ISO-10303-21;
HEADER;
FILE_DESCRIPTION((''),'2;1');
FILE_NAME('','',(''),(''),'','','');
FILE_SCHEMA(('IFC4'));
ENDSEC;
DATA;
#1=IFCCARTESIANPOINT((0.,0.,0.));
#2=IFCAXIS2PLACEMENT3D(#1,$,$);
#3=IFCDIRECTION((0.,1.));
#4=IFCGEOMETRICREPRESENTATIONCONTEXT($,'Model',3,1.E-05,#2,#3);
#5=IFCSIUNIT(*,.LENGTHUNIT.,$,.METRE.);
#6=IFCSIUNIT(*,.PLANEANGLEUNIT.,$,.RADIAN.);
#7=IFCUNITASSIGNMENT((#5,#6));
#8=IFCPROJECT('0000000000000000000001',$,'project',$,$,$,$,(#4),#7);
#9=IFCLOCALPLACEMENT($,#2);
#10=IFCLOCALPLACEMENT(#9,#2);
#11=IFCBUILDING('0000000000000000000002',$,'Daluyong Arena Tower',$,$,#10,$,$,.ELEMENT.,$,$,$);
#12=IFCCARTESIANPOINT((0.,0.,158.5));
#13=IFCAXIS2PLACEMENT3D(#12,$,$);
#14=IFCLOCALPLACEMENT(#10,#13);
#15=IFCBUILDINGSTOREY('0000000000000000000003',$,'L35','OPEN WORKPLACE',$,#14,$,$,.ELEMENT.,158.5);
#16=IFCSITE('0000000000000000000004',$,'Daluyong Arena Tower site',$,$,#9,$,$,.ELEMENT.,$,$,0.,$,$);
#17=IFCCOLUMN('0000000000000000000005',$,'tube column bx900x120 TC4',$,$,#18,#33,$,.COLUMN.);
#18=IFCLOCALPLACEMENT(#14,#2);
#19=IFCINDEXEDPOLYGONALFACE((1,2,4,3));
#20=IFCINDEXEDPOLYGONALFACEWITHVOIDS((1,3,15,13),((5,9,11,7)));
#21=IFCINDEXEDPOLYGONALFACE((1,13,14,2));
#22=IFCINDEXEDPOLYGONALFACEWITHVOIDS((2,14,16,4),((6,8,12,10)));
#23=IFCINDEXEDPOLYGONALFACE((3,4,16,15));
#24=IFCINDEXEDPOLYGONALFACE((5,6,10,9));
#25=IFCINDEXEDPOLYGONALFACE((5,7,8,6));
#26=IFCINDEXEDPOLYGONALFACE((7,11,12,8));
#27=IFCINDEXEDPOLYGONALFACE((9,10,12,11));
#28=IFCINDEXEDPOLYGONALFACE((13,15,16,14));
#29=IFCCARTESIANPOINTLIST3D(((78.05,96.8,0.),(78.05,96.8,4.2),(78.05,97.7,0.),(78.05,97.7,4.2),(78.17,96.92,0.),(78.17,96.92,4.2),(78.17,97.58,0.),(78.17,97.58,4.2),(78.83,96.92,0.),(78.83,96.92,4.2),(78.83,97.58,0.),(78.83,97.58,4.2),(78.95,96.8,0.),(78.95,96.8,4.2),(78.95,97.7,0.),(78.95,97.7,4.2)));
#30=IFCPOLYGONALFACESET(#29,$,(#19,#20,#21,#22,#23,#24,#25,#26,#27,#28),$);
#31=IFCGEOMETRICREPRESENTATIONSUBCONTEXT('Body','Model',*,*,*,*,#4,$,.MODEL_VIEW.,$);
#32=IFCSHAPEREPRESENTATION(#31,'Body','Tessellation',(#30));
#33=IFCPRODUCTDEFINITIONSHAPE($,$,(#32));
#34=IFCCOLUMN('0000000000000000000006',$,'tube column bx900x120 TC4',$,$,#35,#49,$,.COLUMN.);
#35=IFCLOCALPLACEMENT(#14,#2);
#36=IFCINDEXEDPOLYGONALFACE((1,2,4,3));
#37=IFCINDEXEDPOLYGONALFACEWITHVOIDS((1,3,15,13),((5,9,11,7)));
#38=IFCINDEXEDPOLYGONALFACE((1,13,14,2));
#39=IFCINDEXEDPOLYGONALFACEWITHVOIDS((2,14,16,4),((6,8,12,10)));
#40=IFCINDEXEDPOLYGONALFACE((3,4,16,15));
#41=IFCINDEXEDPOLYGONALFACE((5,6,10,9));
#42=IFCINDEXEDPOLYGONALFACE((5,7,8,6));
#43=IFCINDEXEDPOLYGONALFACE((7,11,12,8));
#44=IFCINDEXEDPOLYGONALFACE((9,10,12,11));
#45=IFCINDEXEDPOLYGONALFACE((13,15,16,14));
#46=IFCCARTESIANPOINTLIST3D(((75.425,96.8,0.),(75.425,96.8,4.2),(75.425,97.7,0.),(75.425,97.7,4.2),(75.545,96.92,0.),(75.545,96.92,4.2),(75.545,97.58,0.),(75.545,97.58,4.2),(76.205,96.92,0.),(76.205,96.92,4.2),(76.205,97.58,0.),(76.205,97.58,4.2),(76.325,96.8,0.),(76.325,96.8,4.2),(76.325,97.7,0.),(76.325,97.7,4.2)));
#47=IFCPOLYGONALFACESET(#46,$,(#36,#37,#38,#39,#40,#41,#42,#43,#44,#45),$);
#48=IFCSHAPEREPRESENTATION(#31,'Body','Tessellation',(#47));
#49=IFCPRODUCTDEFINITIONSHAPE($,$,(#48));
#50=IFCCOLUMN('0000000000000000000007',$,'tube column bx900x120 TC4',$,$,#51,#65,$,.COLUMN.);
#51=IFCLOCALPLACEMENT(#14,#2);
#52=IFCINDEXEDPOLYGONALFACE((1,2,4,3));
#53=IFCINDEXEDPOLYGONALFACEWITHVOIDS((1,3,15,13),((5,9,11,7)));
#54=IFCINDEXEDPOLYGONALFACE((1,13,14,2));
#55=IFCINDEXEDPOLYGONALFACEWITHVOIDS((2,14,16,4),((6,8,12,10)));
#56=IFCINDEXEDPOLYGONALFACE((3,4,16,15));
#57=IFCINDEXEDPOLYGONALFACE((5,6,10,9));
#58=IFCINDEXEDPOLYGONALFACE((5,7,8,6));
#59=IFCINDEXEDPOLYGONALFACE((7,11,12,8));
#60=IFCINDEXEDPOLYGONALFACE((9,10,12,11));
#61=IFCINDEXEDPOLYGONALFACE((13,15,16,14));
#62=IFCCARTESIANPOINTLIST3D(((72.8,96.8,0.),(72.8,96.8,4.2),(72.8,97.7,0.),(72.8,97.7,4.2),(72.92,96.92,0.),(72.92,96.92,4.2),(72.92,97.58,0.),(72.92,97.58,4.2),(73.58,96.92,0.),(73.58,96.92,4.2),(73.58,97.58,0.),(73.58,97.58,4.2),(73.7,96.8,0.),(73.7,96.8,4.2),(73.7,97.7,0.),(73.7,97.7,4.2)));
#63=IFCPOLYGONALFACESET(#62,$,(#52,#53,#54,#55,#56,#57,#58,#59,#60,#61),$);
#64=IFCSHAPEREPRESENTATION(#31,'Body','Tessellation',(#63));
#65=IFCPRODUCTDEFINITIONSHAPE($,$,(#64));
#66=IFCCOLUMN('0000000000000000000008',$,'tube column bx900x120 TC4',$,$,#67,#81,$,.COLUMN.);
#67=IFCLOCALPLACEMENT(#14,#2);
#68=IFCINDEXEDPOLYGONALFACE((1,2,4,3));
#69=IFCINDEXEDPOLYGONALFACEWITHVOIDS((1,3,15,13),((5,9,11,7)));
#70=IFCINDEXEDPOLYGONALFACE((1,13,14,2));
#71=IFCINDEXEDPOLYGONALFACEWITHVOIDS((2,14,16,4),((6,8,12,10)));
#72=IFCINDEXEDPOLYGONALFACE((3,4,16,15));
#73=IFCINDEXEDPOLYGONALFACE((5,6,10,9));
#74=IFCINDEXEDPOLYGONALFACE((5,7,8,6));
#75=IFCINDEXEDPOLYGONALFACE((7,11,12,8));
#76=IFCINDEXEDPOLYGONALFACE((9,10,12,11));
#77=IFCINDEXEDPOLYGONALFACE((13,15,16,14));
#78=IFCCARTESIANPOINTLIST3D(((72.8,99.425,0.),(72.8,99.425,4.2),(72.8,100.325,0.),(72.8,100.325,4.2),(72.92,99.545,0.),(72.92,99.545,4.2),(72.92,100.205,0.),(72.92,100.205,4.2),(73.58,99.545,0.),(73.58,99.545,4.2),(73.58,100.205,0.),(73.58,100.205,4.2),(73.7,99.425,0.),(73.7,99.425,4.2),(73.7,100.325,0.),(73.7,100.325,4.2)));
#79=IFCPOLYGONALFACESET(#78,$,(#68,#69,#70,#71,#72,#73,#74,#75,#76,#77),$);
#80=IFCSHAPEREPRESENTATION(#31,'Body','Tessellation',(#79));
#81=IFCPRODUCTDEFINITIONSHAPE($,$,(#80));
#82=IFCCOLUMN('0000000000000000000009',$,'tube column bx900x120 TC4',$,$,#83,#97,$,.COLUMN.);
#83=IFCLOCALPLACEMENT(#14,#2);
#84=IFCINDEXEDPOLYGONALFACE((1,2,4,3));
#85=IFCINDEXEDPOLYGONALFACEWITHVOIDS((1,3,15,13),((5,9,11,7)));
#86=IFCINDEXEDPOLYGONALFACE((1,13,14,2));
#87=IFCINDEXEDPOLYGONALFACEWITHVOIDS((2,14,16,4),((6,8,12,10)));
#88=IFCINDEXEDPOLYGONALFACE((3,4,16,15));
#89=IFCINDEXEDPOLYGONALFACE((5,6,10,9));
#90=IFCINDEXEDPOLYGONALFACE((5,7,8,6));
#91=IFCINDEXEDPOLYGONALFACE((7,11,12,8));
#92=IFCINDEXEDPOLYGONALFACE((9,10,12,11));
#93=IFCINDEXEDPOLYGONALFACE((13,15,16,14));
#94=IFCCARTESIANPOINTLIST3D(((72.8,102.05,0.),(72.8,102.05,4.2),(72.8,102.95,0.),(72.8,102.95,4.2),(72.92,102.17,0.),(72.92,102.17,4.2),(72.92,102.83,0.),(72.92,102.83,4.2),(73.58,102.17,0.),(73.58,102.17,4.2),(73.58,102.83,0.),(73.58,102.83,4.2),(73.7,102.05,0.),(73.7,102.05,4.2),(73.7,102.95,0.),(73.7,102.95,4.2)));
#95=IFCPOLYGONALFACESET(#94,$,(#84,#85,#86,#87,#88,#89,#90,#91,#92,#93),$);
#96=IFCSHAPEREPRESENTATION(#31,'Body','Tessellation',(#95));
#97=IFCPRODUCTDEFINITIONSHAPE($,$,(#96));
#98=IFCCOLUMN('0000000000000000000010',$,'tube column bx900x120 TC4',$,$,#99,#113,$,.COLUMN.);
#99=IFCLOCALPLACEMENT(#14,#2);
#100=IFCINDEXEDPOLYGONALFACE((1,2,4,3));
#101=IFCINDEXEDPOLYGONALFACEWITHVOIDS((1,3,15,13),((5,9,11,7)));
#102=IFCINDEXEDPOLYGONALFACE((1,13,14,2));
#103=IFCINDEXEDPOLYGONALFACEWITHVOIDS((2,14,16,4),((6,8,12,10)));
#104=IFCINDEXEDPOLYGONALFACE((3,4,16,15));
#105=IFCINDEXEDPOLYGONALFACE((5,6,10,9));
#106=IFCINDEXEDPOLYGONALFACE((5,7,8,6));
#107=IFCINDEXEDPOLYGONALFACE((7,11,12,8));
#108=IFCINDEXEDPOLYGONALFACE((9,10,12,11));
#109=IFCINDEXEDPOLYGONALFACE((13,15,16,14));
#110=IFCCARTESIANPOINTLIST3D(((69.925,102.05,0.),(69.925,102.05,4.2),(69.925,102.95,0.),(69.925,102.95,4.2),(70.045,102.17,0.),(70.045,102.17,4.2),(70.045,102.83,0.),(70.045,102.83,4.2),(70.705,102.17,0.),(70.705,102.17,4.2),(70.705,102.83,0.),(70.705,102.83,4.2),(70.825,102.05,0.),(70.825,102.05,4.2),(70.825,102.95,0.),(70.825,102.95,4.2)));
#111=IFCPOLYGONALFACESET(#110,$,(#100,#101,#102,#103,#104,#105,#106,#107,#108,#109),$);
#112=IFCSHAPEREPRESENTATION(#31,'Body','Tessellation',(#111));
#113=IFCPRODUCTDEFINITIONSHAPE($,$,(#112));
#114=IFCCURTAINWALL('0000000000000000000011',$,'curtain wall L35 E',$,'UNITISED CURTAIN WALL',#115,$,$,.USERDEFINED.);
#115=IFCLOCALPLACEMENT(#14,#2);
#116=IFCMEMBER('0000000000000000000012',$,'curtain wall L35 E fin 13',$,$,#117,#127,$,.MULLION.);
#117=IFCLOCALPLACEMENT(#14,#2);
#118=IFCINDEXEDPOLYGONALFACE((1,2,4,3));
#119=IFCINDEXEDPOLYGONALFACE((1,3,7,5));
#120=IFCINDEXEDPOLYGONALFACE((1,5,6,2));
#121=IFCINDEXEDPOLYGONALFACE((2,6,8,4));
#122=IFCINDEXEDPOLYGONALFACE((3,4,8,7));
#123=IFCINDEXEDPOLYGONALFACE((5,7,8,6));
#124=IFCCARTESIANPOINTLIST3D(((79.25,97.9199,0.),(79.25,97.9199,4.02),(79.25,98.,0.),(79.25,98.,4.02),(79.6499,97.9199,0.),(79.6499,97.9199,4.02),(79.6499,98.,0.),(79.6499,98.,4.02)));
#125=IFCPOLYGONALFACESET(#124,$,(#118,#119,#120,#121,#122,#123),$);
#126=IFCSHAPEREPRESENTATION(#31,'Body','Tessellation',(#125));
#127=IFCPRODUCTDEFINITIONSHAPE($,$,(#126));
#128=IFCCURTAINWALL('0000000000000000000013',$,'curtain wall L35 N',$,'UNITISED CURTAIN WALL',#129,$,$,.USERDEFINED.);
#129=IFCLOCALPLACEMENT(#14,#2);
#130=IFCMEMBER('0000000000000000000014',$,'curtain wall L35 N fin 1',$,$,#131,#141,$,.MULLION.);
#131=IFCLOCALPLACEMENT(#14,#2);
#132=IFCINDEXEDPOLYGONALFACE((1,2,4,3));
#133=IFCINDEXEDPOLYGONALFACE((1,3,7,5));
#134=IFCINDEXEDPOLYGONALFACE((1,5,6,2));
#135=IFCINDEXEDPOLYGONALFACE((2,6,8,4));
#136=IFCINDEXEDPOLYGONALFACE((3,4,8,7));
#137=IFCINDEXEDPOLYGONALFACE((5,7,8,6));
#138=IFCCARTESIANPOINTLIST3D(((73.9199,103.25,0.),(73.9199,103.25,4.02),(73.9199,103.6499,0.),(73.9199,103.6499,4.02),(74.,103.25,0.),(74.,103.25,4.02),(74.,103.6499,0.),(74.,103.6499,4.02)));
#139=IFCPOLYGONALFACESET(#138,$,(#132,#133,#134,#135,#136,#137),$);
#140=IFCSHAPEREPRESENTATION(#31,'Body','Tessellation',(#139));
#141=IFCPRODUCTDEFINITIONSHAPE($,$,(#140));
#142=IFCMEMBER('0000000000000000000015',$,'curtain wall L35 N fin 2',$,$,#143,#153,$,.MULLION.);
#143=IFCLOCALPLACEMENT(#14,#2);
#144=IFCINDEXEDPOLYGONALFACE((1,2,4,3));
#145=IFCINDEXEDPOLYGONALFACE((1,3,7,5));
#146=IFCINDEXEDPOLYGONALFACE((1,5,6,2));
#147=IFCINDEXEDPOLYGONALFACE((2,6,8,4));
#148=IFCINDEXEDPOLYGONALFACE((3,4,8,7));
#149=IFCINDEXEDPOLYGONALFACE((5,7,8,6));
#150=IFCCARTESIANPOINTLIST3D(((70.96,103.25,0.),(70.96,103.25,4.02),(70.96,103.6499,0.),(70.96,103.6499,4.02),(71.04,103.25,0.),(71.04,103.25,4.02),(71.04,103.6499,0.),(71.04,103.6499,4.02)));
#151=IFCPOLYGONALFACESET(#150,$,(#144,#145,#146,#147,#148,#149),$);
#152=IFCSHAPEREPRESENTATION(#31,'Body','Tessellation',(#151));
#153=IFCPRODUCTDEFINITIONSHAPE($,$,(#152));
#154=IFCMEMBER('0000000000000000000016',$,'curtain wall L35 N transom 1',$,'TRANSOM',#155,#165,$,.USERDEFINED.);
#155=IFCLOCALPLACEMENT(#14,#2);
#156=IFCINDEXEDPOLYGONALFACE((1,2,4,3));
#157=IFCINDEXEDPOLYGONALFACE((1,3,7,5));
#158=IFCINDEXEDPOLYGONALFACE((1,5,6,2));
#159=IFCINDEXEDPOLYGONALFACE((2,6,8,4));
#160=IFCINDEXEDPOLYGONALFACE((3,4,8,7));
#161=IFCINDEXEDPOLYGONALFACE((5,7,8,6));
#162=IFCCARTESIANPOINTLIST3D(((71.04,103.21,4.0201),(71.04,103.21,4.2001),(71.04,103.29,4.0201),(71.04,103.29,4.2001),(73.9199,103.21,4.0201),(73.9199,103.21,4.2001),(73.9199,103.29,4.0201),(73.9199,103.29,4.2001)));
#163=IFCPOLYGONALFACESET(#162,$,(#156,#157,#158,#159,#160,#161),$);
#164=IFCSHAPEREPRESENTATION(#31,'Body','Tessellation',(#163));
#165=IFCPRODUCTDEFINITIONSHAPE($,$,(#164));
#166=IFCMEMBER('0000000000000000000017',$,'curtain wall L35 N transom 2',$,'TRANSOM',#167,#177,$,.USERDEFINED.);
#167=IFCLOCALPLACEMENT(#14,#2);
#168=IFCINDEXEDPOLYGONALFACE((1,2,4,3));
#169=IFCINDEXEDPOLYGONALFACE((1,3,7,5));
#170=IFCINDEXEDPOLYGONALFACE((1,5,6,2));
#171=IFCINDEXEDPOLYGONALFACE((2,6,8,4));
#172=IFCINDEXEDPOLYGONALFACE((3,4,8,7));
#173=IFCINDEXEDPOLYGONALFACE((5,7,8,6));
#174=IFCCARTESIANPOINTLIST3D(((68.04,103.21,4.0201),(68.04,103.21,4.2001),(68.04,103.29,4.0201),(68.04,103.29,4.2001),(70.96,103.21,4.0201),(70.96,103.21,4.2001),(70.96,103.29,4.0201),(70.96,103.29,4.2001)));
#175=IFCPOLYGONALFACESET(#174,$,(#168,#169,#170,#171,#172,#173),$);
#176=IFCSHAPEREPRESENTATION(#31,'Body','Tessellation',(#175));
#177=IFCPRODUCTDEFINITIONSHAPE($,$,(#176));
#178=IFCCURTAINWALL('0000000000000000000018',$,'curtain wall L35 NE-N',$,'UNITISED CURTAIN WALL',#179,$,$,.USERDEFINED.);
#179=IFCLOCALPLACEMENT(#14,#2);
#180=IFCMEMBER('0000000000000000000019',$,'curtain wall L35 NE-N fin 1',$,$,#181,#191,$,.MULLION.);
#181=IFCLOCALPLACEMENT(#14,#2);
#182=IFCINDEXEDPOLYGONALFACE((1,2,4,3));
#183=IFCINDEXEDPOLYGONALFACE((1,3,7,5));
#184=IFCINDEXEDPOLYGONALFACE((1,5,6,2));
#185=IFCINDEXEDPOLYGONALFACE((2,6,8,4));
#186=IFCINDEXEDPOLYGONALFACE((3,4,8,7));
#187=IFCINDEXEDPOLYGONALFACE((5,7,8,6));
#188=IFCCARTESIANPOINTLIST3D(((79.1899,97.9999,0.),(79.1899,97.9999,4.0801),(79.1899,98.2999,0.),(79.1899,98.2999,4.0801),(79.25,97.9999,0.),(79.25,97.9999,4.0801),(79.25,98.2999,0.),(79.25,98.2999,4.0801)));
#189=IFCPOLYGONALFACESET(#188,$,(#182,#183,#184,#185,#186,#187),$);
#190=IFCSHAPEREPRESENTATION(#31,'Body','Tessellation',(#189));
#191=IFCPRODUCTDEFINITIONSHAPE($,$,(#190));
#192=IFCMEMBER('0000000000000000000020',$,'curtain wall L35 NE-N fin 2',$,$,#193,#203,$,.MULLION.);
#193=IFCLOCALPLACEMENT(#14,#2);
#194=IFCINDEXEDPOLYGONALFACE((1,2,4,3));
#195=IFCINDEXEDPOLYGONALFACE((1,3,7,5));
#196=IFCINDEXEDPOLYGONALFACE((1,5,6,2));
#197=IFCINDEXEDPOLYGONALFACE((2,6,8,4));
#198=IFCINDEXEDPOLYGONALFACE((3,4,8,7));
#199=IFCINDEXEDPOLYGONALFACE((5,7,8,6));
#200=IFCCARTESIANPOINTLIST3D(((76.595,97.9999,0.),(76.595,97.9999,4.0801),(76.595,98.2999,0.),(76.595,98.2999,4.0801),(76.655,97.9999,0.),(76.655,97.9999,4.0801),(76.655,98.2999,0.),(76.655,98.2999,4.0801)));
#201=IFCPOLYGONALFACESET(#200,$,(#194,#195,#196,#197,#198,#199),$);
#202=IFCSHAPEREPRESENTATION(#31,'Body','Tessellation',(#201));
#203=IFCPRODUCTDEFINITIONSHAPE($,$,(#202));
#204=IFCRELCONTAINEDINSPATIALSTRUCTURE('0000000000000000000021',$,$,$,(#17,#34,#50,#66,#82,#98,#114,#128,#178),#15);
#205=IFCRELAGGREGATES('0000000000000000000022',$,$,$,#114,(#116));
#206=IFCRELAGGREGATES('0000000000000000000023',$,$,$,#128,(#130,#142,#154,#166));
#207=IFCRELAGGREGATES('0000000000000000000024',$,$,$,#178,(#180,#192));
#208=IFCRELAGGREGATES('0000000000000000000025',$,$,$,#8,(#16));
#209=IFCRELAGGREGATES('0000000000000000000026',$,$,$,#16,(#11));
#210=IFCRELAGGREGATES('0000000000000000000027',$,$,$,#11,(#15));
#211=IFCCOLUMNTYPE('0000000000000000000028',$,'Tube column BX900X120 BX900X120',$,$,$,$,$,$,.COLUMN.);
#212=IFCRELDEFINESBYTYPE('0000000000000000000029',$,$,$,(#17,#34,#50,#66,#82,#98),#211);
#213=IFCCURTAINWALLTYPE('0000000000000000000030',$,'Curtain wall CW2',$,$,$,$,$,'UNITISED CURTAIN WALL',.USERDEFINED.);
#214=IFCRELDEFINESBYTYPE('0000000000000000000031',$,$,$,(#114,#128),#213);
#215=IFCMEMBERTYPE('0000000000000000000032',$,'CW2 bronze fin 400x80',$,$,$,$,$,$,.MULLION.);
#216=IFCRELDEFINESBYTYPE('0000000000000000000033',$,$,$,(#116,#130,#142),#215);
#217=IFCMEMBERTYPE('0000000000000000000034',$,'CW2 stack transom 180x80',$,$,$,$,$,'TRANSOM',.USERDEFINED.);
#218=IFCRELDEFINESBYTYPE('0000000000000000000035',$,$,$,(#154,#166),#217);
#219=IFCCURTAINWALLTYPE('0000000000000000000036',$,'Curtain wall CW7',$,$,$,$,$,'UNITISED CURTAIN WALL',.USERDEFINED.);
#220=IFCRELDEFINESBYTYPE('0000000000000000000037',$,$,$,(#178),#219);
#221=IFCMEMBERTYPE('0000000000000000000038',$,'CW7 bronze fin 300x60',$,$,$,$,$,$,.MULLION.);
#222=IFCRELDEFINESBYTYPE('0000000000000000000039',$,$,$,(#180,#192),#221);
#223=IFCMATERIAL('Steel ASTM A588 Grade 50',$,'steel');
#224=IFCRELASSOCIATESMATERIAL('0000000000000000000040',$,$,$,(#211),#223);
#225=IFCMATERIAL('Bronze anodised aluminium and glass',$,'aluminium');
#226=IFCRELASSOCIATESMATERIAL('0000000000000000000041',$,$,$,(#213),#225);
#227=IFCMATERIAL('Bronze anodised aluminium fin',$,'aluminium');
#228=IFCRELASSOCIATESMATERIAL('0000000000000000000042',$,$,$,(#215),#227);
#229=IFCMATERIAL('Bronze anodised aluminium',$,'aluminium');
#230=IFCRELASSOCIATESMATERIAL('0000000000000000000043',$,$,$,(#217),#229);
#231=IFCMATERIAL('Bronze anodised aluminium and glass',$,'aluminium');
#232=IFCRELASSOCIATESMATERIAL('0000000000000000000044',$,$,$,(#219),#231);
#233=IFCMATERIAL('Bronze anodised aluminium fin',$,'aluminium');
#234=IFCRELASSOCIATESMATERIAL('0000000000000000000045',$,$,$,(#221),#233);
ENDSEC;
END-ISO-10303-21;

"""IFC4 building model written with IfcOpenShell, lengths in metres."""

from ifc_helpers import new_model, si_unit, direction, frame, origin, origin_2d, place, context, subcontext, project, spatial, rectangle, hollow_rectangle, extrude, material, material_profile, profile_set, type_object, element, aggregate, save


model = new_model("IFC4")

# Units and contexts
model_context = context("Model", 3, precision=1e-05, world=origin(), true_north=direction((0.0, 1.0)))
body_context = subcontext(model_context, "Body", "Model", "MODEL_VIEW")
ifc_project = project(units=[si_unit("LENGTHUNIT", "METRE"), si_unit("PLANEANGLEUNIT", "RADIAN")], contexts=[model_context])

# Site, building, storey
site_placement = place(None, origin())
site = spatial("IfcSite", under=ifc_project, at=site_placement, Name="Daluyong Arena Tower site", CompositionType="ELEMENT", RefElevation=0.0)
building_placement = place(site_placement, origin())
building = spatial("IfcBuilding", under=site, at=building_placement, Name="Daluyong Arena Tower", CompositionType="ELEMENT")
storey_placement = place(building_placement, frame((0.0, 0.0, 158.5)))
storey = spatial("IfcBuildingStorey", under=building, at=storey_placement, Name="L35", Description="OPEN WORKPLACE", CompositionType="ELEMENT", Elevation=158.5)

# Columns
ifc_material_1 = material(Name="Steel ASTM A588 Grade 50", Category="steel")
ifc_material_profile_1 = material_profile(ifc_material_1, hollow_rectangle(XDim=0.8999, YDim=0.8999, WallThickness=0.12, at=origin_2d()))
ifc_profile_set_1 = profile_set([ifc_material_profile_1], Name="Steel ASTM A588 Grade 50")
column_type = type_object("IfcColumnType", Name="Tube column BX900X120 BX900X120", PredefinedType="COLUMN", material=ifc_profile_set_1)
for number, where, z_axis, x_axis, name in (
    (1, (78.5, 97.25, 0.0), (0.0, 0.0, 1.0), (1.0, 0.0, 0.0), "tube column bx900x120 TC4"),
    (2, (75.875, 97.25, 0.0), (0.0, 0.0, 1.0), (1.0, 0.0, 0.0), "tube column bx900x120 TC4"),
    (3, (73.25, 97.25, 0.0), (0.0, 0.0, 1.0), (0.0, 1.0, 0.0), "tube column bx900x120 TC4"),
    (4, (73.25, 99.875, 0.0), (0.0, 0.0, 1.0), (0.0, 1.0, 0.0), "tube column bx900x120 TC4"),
    (5, (73.25, 102.5, 0.0), (0.0, 0.0, 1.0), (1.0, 0.0, 0.0), "tube column bx900x120 TC4"),
    (6, (70.375, 102.5, 0.0), (0.0, 0.0, 1.0), (1.0, 0.0, 0.0), "tube column bx900x120 TC4"),
):
    element("IfcColumn", number, at=place(storey_placement, frame(where, z_axis=z_axis, x_axis=x_axis)), inside=storey, type_object=column_type, Name=name, PredefinedType="COLUMN", context=body_context, shape_type="SweptSolid", body=[
        extrude(hollow_rectangle(XDim=0.8999, YDim=0.8999, WallThickness=0.12, at=origin_2d()), origin(), (0.0, 0.0, 1.0), 4.2),
    ])

# Curtain wall, member
ifc_material_2 = material(Name="Bronze anodised aluminium and glass", Category="aluminium")
curtain_wall_type_1 = type_object("IfcCurtainWallType", Name="Curtain wall CW2", ElementType="UNITISED CURTAIN WALL", PredefinedType="USERDEFINED", material=ifc_material_2)
curtain_wall_1_placement = place(storey_placement, origin())
curtain_wall_1 = element("IfcCurtainWall", 7, at=curtain_wall_1_placement, inside=storey, type_object=curtain_wall_type_1, Name="curtain wall L35 E", ObjectType="UNITISED CURTAIN WALL", PredefinedType="USERDEFINED")
ifc_material_3 = material(Name="Bronze anodised aluminium fin", Category="aluminium")
ifc_material_profile_2 = material_profile(ifc_material_3, rectangle(XDim=0.3999, YDim=0.0801, at=origin_2d()))
ifc_profile_set_2 = profile_set([ifc_material_profile_2], Name="Bronze anodised aluminium fin")
member_type_1 = type_object("IfcMemberType", Name="CW2 bronze fin 400x80", PredefinedType="MULLION", material=ifc_profile_set_2)
member_1_placement = place(storey_placement, frame((79.45, 97.96, 0.0), z_axis=(0.0, 0.0, 1.0), x_axis=(-1.0, 0.0, 0.0)))
member_1 = element("IfcMember", 8, at=member_1_placement, type_object=member_type_1, Name="curtain wall L35 E fin 13", PredefinedType="MULLION", context=body_context, shape_type="SweptSolid", body=[
    extrude(rectangle(XDim=0.3999, YDim=0.0801, at=origin_2d()), origin(), (0.0, 0.0, 1.0), 4.02),
])
aggregate(curtain_wall_1, [member_1])

# Curtain walls, members
curtain_wall_2_placement = place(storey_placement, origin())
curtain_wall_2 = element("IfcCurtainWall", 9, at=curtain_wall_2_placement, inside=storey, type_object=curtain_wall_type_1, Name="curtain wall L35 N", ObjectType="UNITISED CURTAIN WALL", PredefinedType="USERDEFINED")
member_2_placement = place(storey_placement, frame((73.96, 103.45, 0.0), z_axis=(0.0, 0.0, 1.0), x_axis=(0.0, -1.0, 0.0)))
member_2 = element("IfcMember", 10, at=member_2_placement, type_object=member_type_1, Name="curtain wall L35 N fin 1", PredefinedType="MULLION", context=body_context, shape_type="SweptSolid", body=[
    extrude(rectangle(XDim=0.3999, YDim=0.0801, at=origin_2d()), origin(), (0.0, 0.0, 1.0), 4.02),
])
member_3_placement = place(storey_placement, frame((71.0, 103.45, 0.0), z_axis=(0.0, 0.0, 1.0), x_axis=(0.0, -1.0, 0.0)))
member_3 = element("IfcMember", 11, at=member_3_placement, type_object=member_type_1, Name="curtain wall L35 N fin 2", PredefinedType="MULLION", context=body_context, shape_type="SweptSolid", body=[
    extrude(rectangle(XDim=0.3999, YDim=0.0801, at=origin_2d()), origin(), (0.0, 0.0, 1.0), 4.02),
])
ifc_material_4 = material(Name="Bronze anodised aluminium", Category="aluminium")
ifc_material_profile_3 = material_profile(ifc_material_4, rectangle(XDim=0.0801, YDim=0.1799, at=origin_2d()))
ifc_profile_set_3 = profile_set([ifc_material_profile_3], Name="Bronze anodised aluminium")
member_type_2 = type_object("IfcMemberType", Name="CW2 stack transom 180x80", ElementType="TRANSOM", PredefinedType="USERDEFINED", material=ifc_profile_set_3)
member_4_placement = place(storey_placement, frame((73.9199, 103.25, 4.1101), z_axis=(-1.0, 0.0, 0.0), x_axis=(0.0, -1.0, 0.0)))
member_4 = element("IfcMember", 12, at=member_4_placement, type_object=member_type_2, Name="curtain wall L35 N transom 1", ObjectType="TRANSOM", PredefinedType="USERDEFINED", context=body_context, shape_type="SweptSolid", body=[
    extrude(rectangle(XDim=0.0801, YDim=0.1799, at=origin_2d()), origin(), (0.0, 0.0, 1.0), 2.8799),
])
member_5_placement = place(storey_placement, frame((70.96, 103.25, 4.1101), z_axis=(-1.0, 0.0, 0.0), x_axis=(0.0, -1.0, 0.0)))
member_5 = element("IfcMember", 13, at=member_5_placement, type_object=member_type_2, Name="curtain wall L35 N transom 2", ObjectType="TRANSOM", PredefinedType="USERDEFINED", context=body_context, shape_type="SweptSolid", body=[
    extrude(rectangle(XDim=0.0801, YDim=0.1799, at=origin_2d()), origin(), (0.0, 0.0, 1.0), 2.9199),
])
ifc_material_5 = material(Name="Bronze anodised aluminium and glass", Category="aluminium")
curtain_wall_type_2 = type_object("IfcCurtainWallType", Name="Curtain wall CW7", ElementType="UNITISED CURTAIN WALL", PredefinedType="USERDEFINED", material=ifc_material_5)
curtain_wall_3_placement = place(storey_placement, origin())
curtain_wall_3 = element("IfcCurtainWall", 14, at=curtain_wall_3_placement, inside=storey, type_object=curtain_wall_type_2, Name="curtain wall L35 NE-N", ObjectType="UNITISED CURTAIN WALL", PredefinedType="USERDEFINED")
ifc_material_6 = material(Name="Bronze anodised aluminium fin", Category="aluminium")
ifc_material_profile_4 = material_profile(ifc_material_6, rectangle(XDim=0.3, YDim=0.0601, at=origin_2d()))
ifc_profile_set_4 = profile_set([ifc_material_profile_4], Name="Bronze anodised aluminium fin")
member_type_3 = type_object("IfcMemberType", Name="CW7 bronze fin 300x60", PredefinedType="MULLION", material=ifc_profile_set_4)
member_6_placement = place(storey_placement, frame((79.22, 98.1499, 0.0), z_axis=(0.0, 0.0, 1.0), x_axis=(0.0, -1.0, 0.0)))
member_6 = element("IfcMember", 15, at=member_6_placement, type_object=member_type_3, Name="curtain wall L35 NE-N fin 1", PredefinedType="MULLION", context=body_context, shape_type="SweptSolid", body=[
    extrude(rectangle(XDim=0.3, YDim=0.0601, at=origin_2d()), origin(), (0.0, 0.0, 1.0), 4.0801),
])
member_7_placement = place(storey_placement, frame((76.625, 98.1499, 0.0), z_axis=(0.0, 0.0, 1.0), x_axis=(0.0, -1.0, 0.0)))
member_7 = element("IfcMember", 16, at=member_7_placement, type_object=member_type_3, Name="curtain wall L35 NE-N fin 2", PredefinedType="MULLION", context=body_context, shape_type="SweptSolid", body=[
    extrude(rectangle(XDim=0.3, YDim=0.0601, at=origin_2d()), origin(), (0.0, 0.0, 1.0), 4.0801),
])

aggregate(curtain_wall_2, [member_2, member_3, member_4, member_5])
aggregate(curtain_wall_3, [member_6, member_7])

save(model, "model.ifc")
